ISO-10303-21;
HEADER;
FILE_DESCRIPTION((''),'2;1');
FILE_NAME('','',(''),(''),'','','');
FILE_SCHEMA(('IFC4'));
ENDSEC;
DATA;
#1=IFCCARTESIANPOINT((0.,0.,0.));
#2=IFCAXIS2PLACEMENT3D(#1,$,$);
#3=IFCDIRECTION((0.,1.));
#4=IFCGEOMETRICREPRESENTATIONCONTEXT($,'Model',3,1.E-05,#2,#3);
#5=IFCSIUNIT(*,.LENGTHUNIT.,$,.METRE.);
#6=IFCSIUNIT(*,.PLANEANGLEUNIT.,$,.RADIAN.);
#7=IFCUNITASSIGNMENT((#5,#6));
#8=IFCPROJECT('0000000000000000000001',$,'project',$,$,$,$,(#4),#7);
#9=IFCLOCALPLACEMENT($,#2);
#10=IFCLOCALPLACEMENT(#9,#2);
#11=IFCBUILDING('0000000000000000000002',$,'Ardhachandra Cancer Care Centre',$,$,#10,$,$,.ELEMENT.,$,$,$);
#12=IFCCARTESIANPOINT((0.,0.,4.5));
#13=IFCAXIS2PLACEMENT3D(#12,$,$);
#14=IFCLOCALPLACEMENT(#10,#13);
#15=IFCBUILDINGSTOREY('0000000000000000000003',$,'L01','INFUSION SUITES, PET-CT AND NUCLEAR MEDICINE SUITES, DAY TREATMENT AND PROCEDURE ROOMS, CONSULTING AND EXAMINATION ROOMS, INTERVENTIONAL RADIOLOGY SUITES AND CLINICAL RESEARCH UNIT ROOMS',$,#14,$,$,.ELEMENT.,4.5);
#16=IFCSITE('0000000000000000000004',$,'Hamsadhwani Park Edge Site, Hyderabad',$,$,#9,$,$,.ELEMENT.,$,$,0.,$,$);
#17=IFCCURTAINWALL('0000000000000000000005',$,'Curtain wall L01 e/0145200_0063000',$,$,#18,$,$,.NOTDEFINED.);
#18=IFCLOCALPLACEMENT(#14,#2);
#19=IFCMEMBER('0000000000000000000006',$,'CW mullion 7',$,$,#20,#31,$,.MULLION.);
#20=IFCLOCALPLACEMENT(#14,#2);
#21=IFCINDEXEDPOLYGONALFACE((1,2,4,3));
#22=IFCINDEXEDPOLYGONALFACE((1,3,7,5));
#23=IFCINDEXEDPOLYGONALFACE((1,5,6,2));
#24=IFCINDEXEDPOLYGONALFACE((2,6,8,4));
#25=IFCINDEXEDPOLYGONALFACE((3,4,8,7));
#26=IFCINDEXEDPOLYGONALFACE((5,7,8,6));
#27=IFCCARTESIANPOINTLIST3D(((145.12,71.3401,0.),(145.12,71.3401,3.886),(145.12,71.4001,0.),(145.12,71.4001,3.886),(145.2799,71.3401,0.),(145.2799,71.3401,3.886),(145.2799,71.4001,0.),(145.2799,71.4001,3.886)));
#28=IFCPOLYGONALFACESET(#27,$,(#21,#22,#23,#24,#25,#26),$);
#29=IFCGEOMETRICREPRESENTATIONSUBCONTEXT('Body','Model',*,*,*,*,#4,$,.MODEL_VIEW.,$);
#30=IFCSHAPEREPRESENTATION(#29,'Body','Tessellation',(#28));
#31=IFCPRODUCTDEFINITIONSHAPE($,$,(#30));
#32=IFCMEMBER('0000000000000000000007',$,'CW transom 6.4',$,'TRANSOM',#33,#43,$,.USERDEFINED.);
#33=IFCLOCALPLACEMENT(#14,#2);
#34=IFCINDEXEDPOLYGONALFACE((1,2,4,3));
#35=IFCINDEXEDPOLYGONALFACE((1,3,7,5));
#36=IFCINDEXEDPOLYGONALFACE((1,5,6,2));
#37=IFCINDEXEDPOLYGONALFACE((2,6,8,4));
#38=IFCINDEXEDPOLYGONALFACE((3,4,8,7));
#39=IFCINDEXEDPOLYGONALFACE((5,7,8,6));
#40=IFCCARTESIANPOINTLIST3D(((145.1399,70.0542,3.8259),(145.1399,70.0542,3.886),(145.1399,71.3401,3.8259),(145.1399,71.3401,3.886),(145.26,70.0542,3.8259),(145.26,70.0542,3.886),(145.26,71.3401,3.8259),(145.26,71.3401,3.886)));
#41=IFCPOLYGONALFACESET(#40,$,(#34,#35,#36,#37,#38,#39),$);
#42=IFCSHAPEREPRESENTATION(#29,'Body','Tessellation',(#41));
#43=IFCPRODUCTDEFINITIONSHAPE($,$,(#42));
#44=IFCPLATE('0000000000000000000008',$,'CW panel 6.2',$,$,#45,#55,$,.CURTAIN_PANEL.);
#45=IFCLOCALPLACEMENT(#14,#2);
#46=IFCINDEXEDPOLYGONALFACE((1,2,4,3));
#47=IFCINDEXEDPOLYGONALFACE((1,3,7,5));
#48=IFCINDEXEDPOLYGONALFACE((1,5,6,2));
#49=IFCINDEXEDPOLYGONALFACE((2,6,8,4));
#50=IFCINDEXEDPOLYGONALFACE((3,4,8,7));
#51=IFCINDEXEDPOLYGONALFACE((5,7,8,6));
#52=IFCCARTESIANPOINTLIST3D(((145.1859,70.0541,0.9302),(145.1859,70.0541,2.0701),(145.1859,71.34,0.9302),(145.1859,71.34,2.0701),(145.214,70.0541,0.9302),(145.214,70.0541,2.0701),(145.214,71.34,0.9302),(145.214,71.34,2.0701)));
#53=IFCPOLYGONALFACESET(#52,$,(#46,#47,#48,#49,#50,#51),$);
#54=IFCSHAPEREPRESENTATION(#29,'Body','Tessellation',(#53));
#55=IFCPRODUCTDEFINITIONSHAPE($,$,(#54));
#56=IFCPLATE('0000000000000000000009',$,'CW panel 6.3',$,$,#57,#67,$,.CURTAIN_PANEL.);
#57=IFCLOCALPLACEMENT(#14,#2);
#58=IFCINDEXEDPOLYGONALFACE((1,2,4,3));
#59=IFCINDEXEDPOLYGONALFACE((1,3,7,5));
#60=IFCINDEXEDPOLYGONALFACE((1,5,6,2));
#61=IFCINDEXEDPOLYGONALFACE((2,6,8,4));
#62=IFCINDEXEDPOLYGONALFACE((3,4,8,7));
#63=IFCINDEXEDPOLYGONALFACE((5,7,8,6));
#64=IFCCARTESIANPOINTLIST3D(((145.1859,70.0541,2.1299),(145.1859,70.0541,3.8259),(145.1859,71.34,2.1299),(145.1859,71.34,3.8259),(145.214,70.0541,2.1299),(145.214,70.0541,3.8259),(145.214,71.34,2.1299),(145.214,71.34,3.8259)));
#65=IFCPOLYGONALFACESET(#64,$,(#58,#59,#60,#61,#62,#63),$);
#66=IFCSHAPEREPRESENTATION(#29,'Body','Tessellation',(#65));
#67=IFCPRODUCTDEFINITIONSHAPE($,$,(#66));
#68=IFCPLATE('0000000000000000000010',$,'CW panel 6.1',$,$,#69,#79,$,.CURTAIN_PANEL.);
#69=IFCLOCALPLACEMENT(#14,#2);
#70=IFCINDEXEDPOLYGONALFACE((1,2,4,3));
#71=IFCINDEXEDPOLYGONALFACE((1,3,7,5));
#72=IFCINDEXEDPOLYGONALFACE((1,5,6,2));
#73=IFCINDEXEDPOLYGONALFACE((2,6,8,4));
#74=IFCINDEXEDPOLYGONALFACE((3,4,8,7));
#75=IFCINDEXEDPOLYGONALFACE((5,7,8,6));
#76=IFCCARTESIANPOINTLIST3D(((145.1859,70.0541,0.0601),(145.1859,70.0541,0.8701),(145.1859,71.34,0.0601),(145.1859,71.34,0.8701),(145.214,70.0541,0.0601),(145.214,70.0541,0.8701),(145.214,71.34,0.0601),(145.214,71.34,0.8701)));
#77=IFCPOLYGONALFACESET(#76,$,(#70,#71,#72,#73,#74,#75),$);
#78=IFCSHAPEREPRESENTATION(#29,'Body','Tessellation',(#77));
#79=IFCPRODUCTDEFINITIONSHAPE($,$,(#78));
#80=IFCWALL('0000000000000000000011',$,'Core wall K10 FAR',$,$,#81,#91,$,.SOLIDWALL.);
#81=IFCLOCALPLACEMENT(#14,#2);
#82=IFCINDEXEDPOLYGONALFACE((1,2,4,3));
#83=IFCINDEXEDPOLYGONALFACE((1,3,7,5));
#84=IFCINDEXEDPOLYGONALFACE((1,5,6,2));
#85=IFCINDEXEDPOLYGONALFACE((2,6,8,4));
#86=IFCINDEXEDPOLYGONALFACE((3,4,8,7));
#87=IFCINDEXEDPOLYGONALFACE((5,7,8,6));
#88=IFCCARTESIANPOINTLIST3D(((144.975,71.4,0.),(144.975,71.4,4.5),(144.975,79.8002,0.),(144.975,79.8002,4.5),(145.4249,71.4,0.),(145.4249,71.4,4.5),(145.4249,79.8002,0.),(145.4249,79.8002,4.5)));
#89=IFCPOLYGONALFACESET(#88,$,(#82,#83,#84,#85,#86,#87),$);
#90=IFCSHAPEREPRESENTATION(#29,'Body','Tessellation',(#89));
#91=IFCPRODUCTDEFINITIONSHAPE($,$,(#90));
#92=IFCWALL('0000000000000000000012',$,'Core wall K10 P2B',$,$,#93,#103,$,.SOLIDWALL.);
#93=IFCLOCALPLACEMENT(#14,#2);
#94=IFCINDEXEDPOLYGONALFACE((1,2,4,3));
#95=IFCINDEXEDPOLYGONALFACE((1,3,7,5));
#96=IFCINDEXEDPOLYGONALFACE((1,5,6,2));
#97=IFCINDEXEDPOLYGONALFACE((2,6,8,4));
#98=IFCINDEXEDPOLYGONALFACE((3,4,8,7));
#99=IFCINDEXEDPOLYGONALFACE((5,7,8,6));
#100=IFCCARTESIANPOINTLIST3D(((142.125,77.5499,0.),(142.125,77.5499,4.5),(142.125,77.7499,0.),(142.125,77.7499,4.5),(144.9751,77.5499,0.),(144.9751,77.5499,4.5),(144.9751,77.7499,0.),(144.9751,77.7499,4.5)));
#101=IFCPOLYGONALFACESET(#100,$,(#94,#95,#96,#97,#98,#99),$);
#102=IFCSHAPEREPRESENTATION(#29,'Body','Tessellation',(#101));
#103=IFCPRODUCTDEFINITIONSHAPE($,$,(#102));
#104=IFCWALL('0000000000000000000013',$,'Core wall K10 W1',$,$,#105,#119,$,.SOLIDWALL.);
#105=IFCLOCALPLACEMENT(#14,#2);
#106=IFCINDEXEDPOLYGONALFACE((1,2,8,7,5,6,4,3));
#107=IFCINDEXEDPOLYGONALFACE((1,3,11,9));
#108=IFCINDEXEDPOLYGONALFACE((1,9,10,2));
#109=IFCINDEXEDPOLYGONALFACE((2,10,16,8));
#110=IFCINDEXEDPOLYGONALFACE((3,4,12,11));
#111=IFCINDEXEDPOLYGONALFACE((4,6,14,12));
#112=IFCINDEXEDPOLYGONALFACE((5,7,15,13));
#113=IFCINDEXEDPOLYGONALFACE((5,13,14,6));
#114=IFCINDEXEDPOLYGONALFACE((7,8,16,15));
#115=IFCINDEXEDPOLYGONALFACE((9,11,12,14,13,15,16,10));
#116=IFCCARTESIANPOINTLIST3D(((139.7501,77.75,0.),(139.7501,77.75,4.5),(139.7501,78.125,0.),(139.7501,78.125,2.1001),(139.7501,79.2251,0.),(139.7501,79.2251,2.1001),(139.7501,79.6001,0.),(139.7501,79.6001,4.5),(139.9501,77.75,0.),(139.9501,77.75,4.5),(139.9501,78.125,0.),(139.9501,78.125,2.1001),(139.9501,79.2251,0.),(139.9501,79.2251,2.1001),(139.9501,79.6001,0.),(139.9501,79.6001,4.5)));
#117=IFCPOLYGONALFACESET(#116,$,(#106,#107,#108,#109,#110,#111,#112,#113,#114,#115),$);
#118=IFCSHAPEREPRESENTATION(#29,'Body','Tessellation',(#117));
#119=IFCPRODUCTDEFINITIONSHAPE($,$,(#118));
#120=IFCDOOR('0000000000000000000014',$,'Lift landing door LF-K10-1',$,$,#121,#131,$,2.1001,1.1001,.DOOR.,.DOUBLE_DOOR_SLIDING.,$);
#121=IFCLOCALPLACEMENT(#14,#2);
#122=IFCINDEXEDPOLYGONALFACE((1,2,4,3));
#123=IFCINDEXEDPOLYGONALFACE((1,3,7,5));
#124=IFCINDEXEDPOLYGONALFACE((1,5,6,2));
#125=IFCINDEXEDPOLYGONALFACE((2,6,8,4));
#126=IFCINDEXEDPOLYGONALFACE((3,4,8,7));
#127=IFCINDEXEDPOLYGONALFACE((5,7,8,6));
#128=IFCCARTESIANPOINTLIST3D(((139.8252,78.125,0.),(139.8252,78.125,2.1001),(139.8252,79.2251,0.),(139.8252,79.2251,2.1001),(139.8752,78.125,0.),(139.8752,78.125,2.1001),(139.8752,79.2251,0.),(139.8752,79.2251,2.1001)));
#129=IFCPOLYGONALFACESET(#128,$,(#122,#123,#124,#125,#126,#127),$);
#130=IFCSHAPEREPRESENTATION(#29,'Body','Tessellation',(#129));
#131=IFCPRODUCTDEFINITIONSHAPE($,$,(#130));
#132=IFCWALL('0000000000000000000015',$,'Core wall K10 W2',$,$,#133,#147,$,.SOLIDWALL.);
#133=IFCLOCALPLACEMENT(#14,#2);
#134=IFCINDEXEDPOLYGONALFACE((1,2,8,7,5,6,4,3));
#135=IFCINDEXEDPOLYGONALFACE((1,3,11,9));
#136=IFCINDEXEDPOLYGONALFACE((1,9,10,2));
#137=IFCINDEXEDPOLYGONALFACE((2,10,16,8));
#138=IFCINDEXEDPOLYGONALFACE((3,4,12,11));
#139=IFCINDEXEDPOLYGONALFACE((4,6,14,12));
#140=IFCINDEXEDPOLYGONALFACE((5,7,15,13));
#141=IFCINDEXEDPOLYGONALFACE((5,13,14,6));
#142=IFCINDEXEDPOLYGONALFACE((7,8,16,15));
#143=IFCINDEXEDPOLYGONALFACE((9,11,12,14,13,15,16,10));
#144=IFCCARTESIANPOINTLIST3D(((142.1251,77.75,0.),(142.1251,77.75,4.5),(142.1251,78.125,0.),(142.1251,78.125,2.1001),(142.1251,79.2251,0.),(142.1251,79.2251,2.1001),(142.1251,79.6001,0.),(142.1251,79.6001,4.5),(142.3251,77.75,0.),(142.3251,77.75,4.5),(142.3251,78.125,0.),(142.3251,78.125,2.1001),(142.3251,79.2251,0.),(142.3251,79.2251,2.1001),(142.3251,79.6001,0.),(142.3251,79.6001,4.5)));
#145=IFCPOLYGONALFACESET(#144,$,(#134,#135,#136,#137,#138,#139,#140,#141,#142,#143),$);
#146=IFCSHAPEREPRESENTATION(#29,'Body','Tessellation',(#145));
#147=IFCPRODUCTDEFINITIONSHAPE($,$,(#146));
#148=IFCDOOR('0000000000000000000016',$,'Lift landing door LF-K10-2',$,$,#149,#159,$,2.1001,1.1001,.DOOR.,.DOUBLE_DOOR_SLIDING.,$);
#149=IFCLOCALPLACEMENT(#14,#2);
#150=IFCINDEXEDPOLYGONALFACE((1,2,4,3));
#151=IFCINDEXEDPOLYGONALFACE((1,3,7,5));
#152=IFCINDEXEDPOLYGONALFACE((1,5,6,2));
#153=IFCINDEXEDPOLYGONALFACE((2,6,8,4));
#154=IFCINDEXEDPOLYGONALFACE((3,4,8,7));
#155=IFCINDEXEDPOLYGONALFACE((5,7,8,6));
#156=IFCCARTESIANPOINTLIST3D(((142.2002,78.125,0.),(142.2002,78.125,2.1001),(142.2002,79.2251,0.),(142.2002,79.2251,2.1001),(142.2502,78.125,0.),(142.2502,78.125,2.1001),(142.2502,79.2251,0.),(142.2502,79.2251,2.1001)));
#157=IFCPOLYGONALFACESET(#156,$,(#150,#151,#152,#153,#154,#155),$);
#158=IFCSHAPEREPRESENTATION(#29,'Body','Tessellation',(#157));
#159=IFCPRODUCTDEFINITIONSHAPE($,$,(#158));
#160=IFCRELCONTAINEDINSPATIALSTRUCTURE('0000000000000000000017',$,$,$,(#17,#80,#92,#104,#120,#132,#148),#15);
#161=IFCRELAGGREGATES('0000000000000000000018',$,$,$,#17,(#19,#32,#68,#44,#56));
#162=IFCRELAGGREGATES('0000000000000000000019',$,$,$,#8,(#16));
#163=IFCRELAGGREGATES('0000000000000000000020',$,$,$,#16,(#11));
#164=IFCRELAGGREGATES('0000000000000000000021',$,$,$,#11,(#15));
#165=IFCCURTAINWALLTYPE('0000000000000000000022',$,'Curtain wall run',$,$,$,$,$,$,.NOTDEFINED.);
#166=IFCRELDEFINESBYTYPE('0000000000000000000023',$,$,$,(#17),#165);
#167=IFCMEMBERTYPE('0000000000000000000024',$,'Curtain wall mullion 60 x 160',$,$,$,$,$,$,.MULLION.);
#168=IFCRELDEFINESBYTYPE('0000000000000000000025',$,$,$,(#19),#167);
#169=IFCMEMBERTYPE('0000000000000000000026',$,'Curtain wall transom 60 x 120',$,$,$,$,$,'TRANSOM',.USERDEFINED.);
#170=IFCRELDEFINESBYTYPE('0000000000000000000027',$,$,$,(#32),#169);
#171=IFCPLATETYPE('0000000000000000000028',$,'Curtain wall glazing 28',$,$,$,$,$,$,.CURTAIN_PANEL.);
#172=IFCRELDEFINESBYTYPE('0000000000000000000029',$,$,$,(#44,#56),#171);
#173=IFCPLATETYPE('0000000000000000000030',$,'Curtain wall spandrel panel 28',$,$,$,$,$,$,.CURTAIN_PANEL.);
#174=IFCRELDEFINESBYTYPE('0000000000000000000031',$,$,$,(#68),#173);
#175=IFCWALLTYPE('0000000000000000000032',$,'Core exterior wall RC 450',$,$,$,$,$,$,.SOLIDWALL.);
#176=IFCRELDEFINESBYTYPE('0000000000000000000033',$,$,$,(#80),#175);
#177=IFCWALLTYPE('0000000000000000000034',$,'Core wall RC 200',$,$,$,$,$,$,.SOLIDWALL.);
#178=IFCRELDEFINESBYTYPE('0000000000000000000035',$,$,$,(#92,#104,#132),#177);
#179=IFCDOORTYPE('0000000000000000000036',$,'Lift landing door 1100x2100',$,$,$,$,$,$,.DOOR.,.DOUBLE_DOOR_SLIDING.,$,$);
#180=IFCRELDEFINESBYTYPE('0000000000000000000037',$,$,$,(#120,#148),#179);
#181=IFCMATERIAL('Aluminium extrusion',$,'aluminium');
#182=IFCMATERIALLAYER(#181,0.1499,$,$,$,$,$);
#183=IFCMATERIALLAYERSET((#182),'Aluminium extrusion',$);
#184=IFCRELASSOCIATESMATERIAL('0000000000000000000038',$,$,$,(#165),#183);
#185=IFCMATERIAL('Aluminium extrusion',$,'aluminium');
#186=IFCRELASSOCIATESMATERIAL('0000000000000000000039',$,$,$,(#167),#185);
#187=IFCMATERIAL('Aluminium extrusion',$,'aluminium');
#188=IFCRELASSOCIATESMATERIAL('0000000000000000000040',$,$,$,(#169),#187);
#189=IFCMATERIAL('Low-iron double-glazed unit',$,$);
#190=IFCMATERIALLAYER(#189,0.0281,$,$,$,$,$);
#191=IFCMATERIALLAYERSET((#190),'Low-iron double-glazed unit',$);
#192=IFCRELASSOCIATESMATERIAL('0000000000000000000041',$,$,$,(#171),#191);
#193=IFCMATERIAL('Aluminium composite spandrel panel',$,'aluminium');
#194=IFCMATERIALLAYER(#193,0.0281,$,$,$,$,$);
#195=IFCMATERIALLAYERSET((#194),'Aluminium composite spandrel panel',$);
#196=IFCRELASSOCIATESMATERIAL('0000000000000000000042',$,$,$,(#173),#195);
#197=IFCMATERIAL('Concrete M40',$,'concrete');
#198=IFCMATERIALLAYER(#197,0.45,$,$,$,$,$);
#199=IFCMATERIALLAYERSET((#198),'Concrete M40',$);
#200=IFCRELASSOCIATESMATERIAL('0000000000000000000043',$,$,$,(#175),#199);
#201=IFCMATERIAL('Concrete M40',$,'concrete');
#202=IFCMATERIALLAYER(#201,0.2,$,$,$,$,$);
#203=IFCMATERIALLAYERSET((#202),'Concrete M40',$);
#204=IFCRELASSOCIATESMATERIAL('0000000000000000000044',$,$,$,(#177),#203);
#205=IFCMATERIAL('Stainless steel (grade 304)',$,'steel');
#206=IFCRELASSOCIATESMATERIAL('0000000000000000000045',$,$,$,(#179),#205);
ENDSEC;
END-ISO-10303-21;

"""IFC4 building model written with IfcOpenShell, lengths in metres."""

from ifc_helpers import new_model, si_unit, direction, frame, frame_2d, origin, origin_2d, place, context, subcontext, project, spatial, rectangle, extrude, material, layer, layer_set, material_profile, profile_set, type_object, element, fill, aggregate, save


model = new_model("IFC4")

# Units and contexts
model_context = context("Model", 3, precision=1e-05, world=origin(), true_north=direction((0.0, 1.0)))
body_context = subcontext(model_context, "Body", "Model", "MODEL_VIEW")
ifc_project = project(units=[si_unit("LENGTHUNIT", "METRE"), si_unit("PLANEANGLEUNIT", "RADIAN")], contexts=[model_context])

# Site, building, storey
site_placement = place(None, origin())
site = spatial("IfcSite", under=ifc_project, at=site_placement, Name="Hamsadhwani Park Edge Site, Hyderabad", CompositionType="ELEMENT", RefElevation=0.0)
building_placement = place(site_placement, origin())
building = spatial("IfcBuilding", under=site, at=building_placement, Name="Ardhachandra Cancer Care Centre", CompositionType="ELEMENT")
storey_placement = place(building_placement, frame((0.0, 0.0, 4.5)))
storey = spatial("IfcBuildingStorey", under=building, at=storey_placement, Name="L01", Description="INFUSION SUITES, PET-CT AND NUCLEAR MEDICINE SUITES, DAY TREATMENT AND PROCEDURE ROOMS, CONSULTING AND EXAMINATION ROOMS, INTERVENTIONAL RADIOLOGY SUITES AND CLINICAL RESEARCH UNIT ROOMS", CompositionType="ELEMENT", Elevation=4.5)

# Curtain wall, members, plates
ifc_material_1 = material(Name="Aluminium extrusion", Category="aluminium")
ifc_layer_1 = layer(ifc_material_1, 0.1499)
ifc_layer_set_1 = layer_set([ifc_layer_1], Name="Aluminium extrusion")
curtain_wall_type = type_object("IfcCurtainWallType", Name="Curtain wall run", PredefinedType="NOTDEFINED", material=ifc_layer_set_1)
curtain_wall_placement = place(storey_placement, origin())
curtain_wall = element("IfcCurtainWall", 1, at=curtain_wall_placement, inside=storey, type_object=curtain_wall_type, Name="Curtain wall L01 e/0145200_0063000", PredefinedType="NOTDEFINED")
ifc_material_2 = material(Name="Aluminium extrusion", Category="aluminium")
ifc_material_profile_1 = material_profile(ifc_material_2, rectangle(XDim=0.1599, YDim=0.0601, at=origin_2d()), Name="Curtain wall mullion 60 x 160")
ifc_profile_set_1 = profile_set([ifc_material_profile_1], Name="Aluminium extrusion")
member_type_1 = type_object("IfcMemberType", Name="Curtain wall mullion 60 x 160", PredefinedType="MULLION", material=ifc_profile_set_1)
member_1_placement = place(storey_placement, frame((145.2, 71.3701, 0.0), z_axis=(0.0, 0.0, 1.0), x_axis=(-1.0, 0.0, 0.0)))
member_1 = element("IfcMember", 2, at=member_1_placement, type_object=member_type_1, Name="CW mullion 7", PredefinedType="MULLION", context=body_context, shape_type="SweptSolid", body=[
    extrude(rectangle(XDim=0.1599, YDim=0.0601, at=origin_2d()), origin(), (0.0, 0.0, 1.0), 3.886),
])
ifc_material_3 = material(Name="Aluminium extrusion", Category="aluminium")
ifc_material_profile_2 = material_profile(ifc_material_3, rectangle(XDim=0.1201, YDim=0.0601, at=origin_2d()), Name="Curtain wall transom 60 x 120")
ifc_profile_set_2 = profile_set([ifc_material_profile_2], Name="Aluminium extrusion")
member_type_2 = type_object("IfcMemberType", Name="Curtain wall transom 60 x 120", ElementType="TRANSOM", PredefinedType="USERDEFINED", material=ifc_profile_set_2)
member_2_placement = place(storey_placement, frame((145.2, 70.0542, 3.856), z_axis=(0.0, 1.0, 0.0), x_axis=(-1.0, 0.0, 0.0)))
member_2 = element("IfcMember", 3, at=member_2_placement, type_object=member_type_2, Name="CW transom 6.4", ObjectType="TRANSOM", PredefinedType="USERDEFINED", context=body_context, shape_type="SweptSolid", body=[
    extrude(rectangle(XDim=0.1201, YDim=0.0601, at=origin_2d()), origin(), (0.0, 0.0, 1.0), 1.2859),
])
ifc_material_4 = material(Name="Low-iron double-glazed unit")
ifc_layer_2 = layer(ifc_material_4, 0.0281)
ifc_layer_set_2 = layer_set([ifc_layer_2], Name="Low-iron double-glazed unit")
plate_type_1 = type_object("IfcPlateType", Name="Curtain wall glazing 28", PredefinedType="CURTAIN_PANEL", material=ifc_layer_set_2)
plate_1_placement = place(storey_placement, frame((145.2, 70.697, 0.9302), z_axis=(0.0, 0.0, 1.0), x_axis=(0.0, 1.0, 0.0)))
plate_1 = element("IfcPlate", 4, at=plate_1_placement, type_object=plate_type_1, Name="CW panel 6.2", PredefinedType="CURTAIN_PANEL", context=body_context, shape_type="SweptSolid", body=[
    extrude(rectangle(XDim=1.2859, YDim=0.0281, at=origin_2d()), origin(), (0.0, 0.0, 1.0), 1.1399),
])
plate_2_placement = place(storey_placement, frame((145.2, 70.697, 2.1299), z_axis=(0.0, 0.0, 1.0), x_axis=(0.0, 1.0, 0.0)))
plate_2 = element("IfcPlate", 5, at=plate_2_placement, type_object=plate_type_1, Name="CW panel 6.3", PredefinedType="CURTAIN_PANEL", context=body_context, shape_type="SweptSolid", body=[
    extrude(rectangle(XDim=1.2859, YDim=0.0281, at=origin_2d()), origin(), (0.0, 0.0, 1.0), 1.696),
])
ifc_material_5 = material(Name="Aluminium composite spandrel panel", Category="aluminium")
ifc_layer_3 = layer(ifc_material_5, 0.0281)
ifc_layer_set_3 = layer_set([ifc_layer_3], Name="Aluminium composite spandrel panel")
plate_type_2 = type_object("IfcPlateType", Name="Curtain wall spandrel panel 28", PredefinedType="CURTAIN_PANEL", material=ifc_layer_set_3)
plate_3_placement = place(storey_placement, frame((145.2, 70.697, 0.0601), z_axis=(0.0, 0.0, 1.0), x_axis=(0.0, 1.0, 0.0)))
plate_3 = element("IfcPlate", 6, at=plate_3_placement, type_object=plate_type_2, Name="CW panel 6.1", PredefinedType="CURTAIN_PANEL", context=body_context, shape_type="SweptSolid", body=[
    extrude(rectangle(XDim=1.2859, YDim=0.0281, at=origin_2d()), origin(), (0.0, 0.0, 1.0), 0.8101),
])
aggregate(curtain_wall, [member_1, member_2, plate_3, plate_1, plate_2])

# Walls
ifc_material_6 = material(Name="Concrete M40", Category="concrete")
ifc_layer_4 = layer(ifc_material_6, 0.45)
ifc_layer_set_4 = layer_set([ifc_layer_4], Name="Concrete M40")
wall_type_1 = type_object("IfcWallType", Name="Core exterior wall RC 450", PredefinedType="SOLIDWALL", material=ifc_layer_set_4)
wall_1_placement = place(storey_placement, frame((145.2, 71.3999, 0.0), z_axis=(0.0, 0.0, 1.0), x_axis=(0.0, 1.0, 0.0)))
element("IfcWall", 7, at=wall_1_placement, inside=storey, type_object=wall_type_1, Name="Core wall K10 FAR", PredefinedType="SOLIDWALL", context=body_context, shape_type="SweptSolid", body=[
    extrude(rectangle(XDim=8.4001, YDim=0.45, at=frame_2d((4.2002, 0.0))), origin(), (0.0, 0.0, 1.0), 4.5),
])
ifc_material_7 = material(Name="Concrete M40", Category="concrete")
ifc_layer_5 = layer(ifc_material_7, 0.2)
ifc_layer_set_5 = layer_set([ifc_layer_5], Name="Concrete M40")
wall_type_2 = type_object("IfcWallType", Name="Core wall RC 200", PredefinedType="SOLIDWALL", material=ifc_layer_set_5)
wall_2_placement = place(storey_placement, frame((142.125, 77.6499, 0.0), z_axis=(0.0, 0.0, 1.0), x_axis=(1.0, 0.0, 0.0)))
element("IfcWall", 8, at=wall_2_placement, inside=storey, type_object=wall_type_2, Name="Core wall K10 P2B", PredefinedType="SOLIDWALL", context=body_context, shape_type="SweptSolid", body=[
    extrude(rectangle(XDim=2.8501, YDim=0.2, at=frame_2d((1.425, 0.0))), origin(), (0.0, 0.0, 1.0), 4.5),
])

# Walls, openings, doors
wall_3_placement = place(storey_placement, frame((139.8501, 77.75, 0.0), z_axis=(0.0, 0.0, 1.0), x_axis=(0.0, 1.0, 0.0)))
wall_3 = element("IfcWall", 9, at=wall_3_placement, inside=storey, type_object=wall_type_2, Name="Core wall K10 W1", PredefinedType="SOLIDWALL", context=body_context, shape_type="SweptSolid", body=[
    extrude(rectangle(XDim=1.8501, YDim=0.2, at=frame_2d((0.925, 0.0))), origin(), (0.0, 0.0, 1.0), 4.5),
])
opening_1_placement = place(wall_3_placement, frame((0.375, 0.0, 0.0)))
opening_1 = element("IfcOpeningElement", 10, at=opening_1_placement, cuts=wall_3, PredefinedType="OPENING", context=body_context, shape_type="SweptSolid", body=[
    extrude(rectangle(XDim=1.1001, YDim=2.1001, at=frame_2d((0.55, 1.05))), frame((0.0, 0.1099, 0.0), z_axis=(0.0, -1.0, 0.0), x_axis=(1.0, 0.0, 0.0)), (0.0, 0.0, 1.0), 0.22),
])
ifc_material_8 = material(Name="Stainless steel (grade 304)", Category="steel")
door_type = type_object("IfcDoorType", Name="Lift landing door 1100x2100", OperationType="DOUBLE_DOOR_SLIDING", PredefinedType="DOOR", material=ifc_material_8)
door_1_placement = place(opening_1_placement, origin())
door_1 = element("IfcDoor", 11, at=door_1_placement, inside=storey, type_object=door_type, Name="Lift landing door LF-K10-1", OperationType="DOUBLE_DOOR_SLIDING", OverallHeight=2.1001, OverallWidth=1.1001, PredefinedType="DOOR", context=body_context, shape_type="SweptSolid", body=[
    extrude(rectangle(XDim=1.1001, YDim=2.1001, at=frame_2d((0.55, 1.05))), frame((0.0, 0.0249, 0.0), z_axis=(0.0, -1.0, 0.0), x_axis=(1.0, 0.0, 0.0)), (0.0, 0.0, 1.0), 0.05),
])
fill(opening_1, door_1)
wall_4_placement = place(storey_placement, frame((142.2251, 77.75, 0.0), z_axis=(0.0, 0.0, 1.0), x_axis=(0.0, 1.0, 0.0)))
wall_4 = element("IfcWall", 12, at=wall_4_placement, inside=storey, type_object=wall_type_2, Name="Core wall K10 W2", PredefinedType="SOLIDWALL", context=body_context, shape_type="SweptSolid", body=[
    extrude(rectangle(XDim=1.8501, YDim=0.2, at=frame_2d((0.925, 0.0))), origin(), (0.0, 0.0, 1.0), 4.5),
])
opening_2_placement = place(wall_4_placement, frame((0.375, 0.0, 0.0)))
opening_2 = element("IfcOpeningElement", 13, at=opening_2_placement, cuts=wall_4, PredefinedType="OPENING", context=body_context, shape_type="SweptSolid", body=[
    extrude(rectangle(XDim=1.1001, YDim=2.1001, at=frame_2d((0.55, 1.05))), frame((0.0, 0.1099, 0.0), z_axis=(0.0, -1.0, 0.0), x_axis=(1.0, 0.0, 0.0)), (0.0, 0.0, 1.0), 0.22),
])
door_2_placement = place(opening_2_placement, origin())
door_2 = element("IfcDoor", 14, at=door_2_placement, inside=storey, type_object=door_type, Name="Lift landing door LF-K10-2", OperationType="DOUBLE_DOOR_SLIDING", OverallHeight=2.1001, OverallWidth=1.1001, PredefinedType="DOOR", context=body_context, shape_type="SweptSolid", body=[
    extrude(rectangle(XDim=1.1001, YDim=2.1001, at=frame_2d((0.55, 1.05))), frame((0.0, 0.0249, 0.0), z_axis=(0.0, -1.0, 0.0), x_axis=(1.0, 0.0, 0.0)), (0.0, 0.0, 1.0), 0.05),
])
fill(opening_2, door_2)

save(model, "model.ifc")
